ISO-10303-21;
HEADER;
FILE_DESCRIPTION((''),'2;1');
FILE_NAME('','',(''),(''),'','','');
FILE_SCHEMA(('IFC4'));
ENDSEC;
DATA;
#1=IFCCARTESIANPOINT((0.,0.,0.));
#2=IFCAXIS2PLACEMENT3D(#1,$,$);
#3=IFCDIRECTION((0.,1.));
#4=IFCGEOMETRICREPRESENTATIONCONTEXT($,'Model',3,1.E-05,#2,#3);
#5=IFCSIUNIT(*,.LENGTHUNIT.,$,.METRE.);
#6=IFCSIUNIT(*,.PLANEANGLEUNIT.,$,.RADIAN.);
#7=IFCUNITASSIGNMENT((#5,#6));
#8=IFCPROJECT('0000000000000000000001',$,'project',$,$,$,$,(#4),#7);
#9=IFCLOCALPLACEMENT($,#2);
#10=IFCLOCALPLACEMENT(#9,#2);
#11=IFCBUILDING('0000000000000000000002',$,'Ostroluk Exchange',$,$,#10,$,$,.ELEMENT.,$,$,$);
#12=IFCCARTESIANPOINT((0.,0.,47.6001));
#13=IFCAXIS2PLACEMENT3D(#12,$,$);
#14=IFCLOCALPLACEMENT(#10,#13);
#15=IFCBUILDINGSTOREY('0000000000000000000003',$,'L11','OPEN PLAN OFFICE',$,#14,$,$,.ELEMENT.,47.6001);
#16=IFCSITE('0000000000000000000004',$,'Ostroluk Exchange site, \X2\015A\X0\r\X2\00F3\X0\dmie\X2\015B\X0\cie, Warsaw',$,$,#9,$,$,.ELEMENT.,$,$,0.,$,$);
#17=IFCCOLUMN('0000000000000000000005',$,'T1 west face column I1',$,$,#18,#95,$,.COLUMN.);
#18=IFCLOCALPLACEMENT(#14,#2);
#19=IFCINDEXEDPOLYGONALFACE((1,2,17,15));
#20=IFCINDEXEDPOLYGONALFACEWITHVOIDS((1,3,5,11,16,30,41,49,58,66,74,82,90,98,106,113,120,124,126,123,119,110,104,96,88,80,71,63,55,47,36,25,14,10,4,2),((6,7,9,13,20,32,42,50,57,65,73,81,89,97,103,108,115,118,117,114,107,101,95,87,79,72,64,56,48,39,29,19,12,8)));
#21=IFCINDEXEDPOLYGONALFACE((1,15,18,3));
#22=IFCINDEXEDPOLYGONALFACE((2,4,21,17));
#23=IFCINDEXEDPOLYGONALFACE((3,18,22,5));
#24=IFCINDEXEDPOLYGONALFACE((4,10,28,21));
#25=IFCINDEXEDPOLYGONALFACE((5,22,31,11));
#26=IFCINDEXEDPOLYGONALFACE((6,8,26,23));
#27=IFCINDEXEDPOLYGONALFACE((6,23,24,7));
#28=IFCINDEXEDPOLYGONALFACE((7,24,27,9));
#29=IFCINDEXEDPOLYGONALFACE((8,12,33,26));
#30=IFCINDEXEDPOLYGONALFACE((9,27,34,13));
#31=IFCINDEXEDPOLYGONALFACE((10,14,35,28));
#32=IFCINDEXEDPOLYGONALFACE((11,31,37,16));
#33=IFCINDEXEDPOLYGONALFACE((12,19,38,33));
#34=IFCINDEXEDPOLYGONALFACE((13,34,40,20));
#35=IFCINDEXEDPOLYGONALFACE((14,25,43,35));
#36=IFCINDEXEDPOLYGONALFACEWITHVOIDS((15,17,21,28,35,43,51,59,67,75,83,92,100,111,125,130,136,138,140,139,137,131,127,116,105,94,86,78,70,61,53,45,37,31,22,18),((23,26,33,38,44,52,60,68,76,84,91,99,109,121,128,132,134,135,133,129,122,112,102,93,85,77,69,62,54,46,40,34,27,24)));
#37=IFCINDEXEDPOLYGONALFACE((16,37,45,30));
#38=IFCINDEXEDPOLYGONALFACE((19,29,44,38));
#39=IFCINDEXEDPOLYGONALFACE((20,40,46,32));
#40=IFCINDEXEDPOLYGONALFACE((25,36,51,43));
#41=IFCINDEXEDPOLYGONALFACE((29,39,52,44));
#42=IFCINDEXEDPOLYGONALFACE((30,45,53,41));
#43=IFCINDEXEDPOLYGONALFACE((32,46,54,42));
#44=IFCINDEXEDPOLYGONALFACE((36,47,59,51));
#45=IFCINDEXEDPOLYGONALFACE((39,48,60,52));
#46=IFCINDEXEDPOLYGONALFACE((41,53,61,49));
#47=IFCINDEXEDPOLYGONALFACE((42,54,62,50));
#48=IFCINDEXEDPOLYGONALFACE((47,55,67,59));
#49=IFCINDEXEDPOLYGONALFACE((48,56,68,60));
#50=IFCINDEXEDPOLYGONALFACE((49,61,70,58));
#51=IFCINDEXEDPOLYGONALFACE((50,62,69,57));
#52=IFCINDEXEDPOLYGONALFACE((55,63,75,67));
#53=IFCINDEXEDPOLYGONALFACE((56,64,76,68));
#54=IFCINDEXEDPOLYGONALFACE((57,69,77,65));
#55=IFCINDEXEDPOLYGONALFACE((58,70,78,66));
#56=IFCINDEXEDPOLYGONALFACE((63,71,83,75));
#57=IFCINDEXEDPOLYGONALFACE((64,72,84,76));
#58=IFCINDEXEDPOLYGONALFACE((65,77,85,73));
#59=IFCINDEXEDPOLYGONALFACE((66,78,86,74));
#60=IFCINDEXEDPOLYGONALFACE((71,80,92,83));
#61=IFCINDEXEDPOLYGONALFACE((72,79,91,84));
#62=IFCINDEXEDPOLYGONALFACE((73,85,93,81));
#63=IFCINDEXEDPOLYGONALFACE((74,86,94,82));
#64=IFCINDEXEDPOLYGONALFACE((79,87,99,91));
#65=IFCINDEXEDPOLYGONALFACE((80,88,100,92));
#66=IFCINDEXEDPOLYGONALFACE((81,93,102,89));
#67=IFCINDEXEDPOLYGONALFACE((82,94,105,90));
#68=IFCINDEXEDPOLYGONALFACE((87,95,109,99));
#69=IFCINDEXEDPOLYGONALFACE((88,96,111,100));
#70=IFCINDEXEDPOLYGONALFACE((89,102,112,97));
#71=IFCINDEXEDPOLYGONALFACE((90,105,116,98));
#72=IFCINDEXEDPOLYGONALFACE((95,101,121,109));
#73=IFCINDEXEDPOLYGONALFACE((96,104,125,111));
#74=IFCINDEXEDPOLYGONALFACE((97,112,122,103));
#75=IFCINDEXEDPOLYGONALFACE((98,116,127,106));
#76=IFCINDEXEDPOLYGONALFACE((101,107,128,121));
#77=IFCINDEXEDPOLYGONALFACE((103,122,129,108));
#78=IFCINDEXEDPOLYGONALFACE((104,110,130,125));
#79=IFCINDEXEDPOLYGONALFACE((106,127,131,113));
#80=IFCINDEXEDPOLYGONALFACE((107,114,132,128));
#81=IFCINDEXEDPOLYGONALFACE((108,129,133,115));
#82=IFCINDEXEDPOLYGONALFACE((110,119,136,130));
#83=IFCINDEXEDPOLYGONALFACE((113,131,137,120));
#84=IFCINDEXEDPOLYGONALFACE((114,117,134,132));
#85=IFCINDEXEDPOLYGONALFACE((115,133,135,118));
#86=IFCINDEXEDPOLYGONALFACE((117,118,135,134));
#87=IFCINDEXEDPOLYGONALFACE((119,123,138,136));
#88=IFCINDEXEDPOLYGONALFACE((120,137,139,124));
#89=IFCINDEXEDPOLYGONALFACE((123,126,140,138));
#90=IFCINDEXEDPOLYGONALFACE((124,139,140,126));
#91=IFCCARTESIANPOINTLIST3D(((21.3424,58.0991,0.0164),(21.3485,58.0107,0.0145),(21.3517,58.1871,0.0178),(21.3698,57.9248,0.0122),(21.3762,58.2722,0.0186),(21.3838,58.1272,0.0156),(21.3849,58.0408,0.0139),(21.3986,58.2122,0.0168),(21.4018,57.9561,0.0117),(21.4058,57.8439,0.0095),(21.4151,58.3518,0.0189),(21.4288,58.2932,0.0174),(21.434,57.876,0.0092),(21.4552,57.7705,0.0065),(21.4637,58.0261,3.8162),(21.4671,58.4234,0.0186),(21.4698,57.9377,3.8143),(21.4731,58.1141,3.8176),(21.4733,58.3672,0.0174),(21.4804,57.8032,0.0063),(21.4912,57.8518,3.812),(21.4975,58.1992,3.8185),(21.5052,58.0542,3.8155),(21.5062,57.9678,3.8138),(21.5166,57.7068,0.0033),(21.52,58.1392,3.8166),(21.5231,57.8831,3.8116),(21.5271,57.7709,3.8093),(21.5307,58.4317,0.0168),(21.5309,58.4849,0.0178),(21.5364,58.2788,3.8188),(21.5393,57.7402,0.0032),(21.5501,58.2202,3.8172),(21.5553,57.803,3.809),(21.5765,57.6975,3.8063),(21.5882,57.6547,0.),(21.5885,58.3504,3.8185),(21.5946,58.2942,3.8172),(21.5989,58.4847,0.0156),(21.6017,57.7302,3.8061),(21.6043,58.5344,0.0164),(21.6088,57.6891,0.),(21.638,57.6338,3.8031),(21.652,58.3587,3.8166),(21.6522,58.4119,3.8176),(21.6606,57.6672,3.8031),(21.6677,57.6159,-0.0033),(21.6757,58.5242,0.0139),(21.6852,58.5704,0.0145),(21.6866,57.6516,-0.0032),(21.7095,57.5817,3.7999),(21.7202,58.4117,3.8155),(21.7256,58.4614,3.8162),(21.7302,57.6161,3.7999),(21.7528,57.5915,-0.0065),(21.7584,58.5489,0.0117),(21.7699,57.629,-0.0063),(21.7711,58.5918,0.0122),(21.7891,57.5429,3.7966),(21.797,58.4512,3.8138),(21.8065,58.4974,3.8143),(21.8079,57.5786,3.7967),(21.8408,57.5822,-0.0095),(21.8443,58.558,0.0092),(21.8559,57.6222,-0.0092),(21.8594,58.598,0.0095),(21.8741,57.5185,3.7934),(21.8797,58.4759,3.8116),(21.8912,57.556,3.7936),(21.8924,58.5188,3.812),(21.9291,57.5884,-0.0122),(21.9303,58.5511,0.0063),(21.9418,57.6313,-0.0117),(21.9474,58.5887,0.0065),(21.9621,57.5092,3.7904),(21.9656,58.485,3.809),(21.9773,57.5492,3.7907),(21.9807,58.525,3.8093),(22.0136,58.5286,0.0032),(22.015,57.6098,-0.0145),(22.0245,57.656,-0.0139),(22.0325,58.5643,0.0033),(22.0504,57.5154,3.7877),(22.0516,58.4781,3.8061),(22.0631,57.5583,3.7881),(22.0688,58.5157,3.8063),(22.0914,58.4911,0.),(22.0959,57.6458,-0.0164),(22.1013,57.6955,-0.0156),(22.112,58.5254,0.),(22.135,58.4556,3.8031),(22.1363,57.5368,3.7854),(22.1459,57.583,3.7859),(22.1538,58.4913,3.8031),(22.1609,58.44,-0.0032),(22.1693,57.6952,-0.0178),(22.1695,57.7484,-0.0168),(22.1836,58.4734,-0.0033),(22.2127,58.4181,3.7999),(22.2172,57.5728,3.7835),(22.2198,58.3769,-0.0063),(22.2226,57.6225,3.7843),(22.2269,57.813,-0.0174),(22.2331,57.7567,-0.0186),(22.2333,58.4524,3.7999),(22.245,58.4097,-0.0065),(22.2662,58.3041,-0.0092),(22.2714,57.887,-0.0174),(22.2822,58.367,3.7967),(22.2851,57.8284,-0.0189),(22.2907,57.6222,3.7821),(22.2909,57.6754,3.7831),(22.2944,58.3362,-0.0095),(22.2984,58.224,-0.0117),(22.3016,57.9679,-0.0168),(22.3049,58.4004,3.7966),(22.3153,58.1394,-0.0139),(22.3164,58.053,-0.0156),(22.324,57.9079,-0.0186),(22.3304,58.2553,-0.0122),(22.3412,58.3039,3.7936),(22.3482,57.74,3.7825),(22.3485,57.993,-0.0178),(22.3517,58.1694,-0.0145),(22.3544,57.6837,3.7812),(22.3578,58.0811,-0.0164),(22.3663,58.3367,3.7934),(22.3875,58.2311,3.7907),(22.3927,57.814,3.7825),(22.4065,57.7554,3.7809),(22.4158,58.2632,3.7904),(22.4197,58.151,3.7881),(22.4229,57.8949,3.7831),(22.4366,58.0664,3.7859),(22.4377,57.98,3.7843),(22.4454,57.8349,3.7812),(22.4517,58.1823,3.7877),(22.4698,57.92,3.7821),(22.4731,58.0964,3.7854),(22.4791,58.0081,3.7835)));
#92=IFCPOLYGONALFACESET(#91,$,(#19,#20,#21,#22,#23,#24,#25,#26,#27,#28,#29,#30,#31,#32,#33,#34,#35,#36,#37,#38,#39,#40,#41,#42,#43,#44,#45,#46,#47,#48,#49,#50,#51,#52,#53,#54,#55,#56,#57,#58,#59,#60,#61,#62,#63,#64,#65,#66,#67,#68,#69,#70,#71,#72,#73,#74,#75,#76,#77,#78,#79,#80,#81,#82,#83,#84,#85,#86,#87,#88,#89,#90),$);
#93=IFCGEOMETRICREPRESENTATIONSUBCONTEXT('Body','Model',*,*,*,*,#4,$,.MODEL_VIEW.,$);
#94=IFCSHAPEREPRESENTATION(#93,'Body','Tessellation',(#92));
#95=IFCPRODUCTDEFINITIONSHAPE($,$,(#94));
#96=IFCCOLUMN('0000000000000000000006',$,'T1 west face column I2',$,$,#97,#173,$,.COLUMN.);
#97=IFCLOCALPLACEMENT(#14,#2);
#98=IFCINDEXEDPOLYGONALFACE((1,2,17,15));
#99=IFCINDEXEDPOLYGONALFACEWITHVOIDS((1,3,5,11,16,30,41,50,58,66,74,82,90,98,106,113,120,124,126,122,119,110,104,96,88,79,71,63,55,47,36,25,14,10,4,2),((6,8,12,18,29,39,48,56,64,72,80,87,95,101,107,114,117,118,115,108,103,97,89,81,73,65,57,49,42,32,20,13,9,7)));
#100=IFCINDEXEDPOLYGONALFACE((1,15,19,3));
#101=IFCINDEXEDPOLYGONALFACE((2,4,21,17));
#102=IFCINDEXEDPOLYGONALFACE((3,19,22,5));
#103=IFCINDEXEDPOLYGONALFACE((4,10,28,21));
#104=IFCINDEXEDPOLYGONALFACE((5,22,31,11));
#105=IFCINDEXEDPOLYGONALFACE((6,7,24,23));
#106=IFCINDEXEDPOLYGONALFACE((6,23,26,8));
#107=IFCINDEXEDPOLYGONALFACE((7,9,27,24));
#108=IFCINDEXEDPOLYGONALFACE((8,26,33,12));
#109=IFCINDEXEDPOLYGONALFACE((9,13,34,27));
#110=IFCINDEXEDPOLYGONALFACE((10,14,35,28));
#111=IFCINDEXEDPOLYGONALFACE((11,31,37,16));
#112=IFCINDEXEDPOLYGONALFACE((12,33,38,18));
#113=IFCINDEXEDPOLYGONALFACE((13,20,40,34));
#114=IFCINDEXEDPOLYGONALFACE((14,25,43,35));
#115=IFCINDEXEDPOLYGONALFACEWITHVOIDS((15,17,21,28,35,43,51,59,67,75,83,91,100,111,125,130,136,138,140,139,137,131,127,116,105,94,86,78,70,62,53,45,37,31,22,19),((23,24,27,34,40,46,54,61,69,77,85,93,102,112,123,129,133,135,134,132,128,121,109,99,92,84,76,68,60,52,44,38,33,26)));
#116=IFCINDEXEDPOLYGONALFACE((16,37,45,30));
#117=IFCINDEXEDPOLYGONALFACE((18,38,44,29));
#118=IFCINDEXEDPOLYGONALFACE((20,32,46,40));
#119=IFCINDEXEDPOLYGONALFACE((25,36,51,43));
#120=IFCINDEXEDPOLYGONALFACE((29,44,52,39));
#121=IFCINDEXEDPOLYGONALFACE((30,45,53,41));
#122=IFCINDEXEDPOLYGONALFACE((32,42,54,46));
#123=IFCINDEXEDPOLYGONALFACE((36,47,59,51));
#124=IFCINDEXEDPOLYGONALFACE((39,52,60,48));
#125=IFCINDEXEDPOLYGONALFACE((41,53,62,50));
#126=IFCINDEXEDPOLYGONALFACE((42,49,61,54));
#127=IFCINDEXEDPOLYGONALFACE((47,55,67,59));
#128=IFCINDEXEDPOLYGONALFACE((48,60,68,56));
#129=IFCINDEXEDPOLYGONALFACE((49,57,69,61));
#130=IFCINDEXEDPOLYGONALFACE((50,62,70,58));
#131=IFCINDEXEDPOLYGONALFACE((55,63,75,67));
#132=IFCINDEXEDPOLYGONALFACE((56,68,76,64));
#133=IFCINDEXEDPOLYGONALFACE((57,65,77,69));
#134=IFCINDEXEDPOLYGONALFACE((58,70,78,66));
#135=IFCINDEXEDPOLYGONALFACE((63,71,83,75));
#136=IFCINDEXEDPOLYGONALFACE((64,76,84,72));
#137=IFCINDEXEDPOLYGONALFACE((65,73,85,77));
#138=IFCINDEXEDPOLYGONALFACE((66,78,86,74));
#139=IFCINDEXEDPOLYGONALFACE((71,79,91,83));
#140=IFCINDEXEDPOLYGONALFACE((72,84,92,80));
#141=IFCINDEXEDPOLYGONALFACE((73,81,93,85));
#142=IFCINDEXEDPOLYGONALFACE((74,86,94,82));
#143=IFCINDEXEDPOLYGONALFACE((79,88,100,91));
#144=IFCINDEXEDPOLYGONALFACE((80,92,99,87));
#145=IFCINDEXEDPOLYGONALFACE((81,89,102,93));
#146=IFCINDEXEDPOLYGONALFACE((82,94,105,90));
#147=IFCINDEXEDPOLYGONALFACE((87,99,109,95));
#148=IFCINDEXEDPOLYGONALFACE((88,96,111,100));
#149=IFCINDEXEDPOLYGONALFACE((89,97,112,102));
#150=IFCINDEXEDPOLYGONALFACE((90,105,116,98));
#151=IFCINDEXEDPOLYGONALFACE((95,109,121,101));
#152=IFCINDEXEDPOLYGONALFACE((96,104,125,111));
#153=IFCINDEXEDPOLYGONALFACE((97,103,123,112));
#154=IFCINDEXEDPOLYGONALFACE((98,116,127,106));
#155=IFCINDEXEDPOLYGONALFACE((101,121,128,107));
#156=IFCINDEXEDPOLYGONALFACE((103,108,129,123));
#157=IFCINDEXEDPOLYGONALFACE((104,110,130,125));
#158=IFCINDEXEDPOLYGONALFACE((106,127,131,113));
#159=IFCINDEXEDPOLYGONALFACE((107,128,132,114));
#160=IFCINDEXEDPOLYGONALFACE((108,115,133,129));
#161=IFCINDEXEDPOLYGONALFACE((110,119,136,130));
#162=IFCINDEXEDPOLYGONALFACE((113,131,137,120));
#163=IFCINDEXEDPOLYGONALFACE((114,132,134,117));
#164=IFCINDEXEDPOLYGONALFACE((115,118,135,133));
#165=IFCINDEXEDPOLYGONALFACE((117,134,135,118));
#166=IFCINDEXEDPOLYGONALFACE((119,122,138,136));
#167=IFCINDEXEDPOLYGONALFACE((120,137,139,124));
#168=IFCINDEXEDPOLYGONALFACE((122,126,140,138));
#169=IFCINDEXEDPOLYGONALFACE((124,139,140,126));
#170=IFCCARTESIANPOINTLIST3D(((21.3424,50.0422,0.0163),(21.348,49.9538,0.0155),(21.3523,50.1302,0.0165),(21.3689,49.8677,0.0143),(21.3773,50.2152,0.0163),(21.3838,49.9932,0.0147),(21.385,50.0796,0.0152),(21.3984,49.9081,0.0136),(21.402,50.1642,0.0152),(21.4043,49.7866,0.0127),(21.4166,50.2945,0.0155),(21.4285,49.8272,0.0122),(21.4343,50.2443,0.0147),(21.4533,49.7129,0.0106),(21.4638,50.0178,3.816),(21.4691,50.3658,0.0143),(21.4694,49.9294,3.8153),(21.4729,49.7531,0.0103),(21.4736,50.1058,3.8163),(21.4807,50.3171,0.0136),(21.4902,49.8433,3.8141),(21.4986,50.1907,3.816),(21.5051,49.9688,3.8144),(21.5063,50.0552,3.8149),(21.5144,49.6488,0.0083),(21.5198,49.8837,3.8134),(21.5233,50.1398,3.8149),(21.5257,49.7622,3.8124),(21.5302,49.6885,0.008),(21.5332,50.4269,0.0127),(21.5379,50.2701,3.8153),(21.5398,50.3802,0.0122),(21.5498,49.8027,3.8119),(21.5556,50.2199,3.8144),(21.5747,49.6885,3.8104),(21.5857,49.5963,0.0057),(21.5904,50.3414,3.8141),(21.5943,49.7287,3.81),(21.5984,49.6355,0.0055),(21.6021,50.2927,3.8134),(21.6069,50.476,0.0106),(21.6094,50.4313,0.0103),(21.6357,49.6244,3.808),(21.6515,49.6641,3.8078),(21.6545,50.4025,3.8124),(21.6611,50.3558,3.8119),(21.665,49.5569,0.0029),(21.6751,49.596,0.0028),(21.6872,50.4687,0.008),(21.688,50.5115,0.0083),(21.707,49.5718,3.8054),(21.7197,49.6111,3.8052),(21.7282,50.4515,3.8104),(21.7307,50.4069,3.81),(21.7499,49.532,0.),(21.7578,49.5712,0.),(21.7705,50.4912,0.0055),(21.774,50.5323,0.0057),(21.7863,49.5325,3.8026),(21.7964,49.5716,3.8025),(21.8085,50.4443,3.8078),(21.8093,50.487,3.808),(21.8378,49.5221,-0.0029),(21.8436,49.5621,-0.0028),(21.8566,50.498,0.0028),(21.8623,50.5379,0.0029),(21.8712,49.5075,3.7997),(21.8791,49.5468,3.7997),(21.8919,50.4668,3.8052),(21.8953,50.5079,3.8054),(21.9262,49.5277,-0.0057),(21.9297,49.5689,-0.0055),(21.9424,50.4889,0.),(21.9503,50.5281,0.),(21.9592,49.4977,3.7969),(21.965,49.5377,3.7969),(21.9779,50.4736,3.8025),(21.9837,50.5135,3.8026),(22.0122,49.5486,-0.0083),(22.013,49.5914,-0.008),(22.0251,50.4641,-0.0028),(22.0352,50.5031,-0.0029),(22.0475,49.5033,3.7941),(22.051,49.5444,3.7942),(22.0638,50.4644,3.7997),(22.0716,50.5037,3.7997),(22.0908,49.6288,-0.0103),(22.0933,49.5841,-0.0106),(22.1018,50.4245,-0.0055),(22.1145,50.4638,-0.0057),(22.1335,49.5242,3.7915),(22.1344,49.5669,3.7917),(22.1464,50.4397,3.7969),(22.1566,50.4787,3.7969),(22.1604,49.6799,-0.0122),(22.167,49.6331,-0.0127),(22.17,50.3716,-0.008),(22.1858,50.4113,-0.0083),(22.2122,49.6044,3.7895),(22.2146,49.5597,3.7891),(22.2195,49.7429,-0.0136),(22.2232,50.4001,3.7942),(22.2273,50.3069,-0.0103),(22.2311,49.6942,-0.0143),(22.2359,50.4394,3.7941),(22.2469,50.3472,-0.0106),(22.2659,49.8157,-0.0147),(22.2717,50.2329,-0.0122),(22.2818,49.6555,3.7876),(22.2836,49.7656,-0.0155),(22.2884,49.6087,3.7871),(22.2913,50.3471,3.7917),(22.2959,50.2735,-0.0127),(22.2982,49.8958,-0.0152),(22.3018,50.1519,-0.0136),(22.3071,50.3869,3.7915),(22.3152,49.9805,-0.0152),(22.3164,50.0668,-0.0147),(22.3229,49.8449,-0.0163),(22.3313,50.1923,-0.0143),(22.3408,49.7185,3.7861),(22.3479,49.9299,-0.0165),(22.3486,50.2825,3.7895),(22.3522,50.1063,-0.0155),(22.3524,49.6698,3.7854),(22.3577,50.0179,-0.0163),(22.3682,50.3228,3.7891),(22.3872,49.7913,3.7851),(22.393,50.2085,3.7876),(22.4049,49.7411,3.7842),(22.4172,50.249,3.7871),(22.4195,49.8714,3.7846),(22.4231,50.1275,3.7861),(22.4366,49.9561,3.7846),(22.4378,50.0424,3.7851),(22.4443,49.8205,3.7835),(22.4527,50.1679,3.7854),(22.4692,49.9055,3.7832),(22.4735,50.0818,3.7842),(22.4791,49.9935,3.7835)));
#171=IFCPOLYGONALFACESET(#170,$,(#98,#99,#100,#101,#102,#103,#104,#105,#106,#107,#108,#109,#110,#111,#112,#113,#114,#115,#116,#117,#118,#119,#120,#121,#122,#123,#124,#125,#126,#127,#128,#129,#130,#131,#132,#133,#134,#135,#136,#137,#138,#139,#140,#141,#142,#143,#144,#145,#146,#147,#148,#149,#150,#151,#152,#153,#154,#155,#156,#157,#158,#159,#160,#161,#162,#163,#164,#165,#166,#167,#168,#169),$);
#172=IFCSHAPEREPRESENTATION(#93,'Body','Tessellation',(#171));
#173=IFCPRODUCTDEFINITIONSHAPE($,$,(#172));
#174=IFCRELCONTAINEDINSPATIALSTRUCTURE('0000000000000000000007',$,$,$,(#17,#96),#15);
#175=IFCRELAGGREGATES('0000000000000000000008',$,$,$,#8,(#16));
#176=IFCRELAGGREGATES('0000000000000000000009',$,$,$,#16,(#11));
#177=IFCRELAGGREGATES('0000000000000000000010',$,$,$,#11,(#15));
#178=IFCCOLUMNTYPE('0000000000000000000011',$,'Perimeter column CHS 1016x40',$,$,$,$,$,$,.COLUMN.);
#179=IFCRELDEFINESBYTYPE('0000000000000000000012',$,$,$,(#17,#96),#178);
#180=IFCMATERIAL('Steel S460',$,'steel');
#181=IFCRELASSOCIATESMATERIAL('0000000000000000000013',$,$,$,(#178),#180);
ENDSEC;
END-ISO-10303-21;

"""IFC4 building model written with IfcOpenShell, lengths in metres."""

from ifc_helpers import new_model, si_unit, direction, frame, origin, origin_2d, place, context, subcontext, project, spatial, hollow_circle, extrude, material, material_profile, profile_set, type_object, element, save


model = new_model("IFC4")

# Units and contexts
model_context = context("Model", 3, precision=1e-05, world=origin(), true_north=direction((0.0, 1.0)))
body_context = subcontext(model_context, "Body", "Model", "MODEL_VIEW")
ifc_project = project(units=[si_unit("LENGTHUNIT", "METRE"), si_unit("PLANEANGLEUNIT", "RADIAN")], contexts=[model_context])

# Site, building, storey
site_placement = place(None, origin())
site = spatial("IfcSite", under=ifc_project, at=site_placement, Name="Ostroluk Exchange site, Śródmieście, Warsaw", CompositionType="ELEMENT", RefElevation=0.0)
building_placement = place(site_placement, origin())
building = spatial("IfcBuilding", under=site, at=building_placement, Name="Ostroluk Exchange", CompositionType="ELEMENT")
storey_placement = place(building_placement, frame((0.0, 0.0, 47.6001)))
storey = spatial("IfcBuildingStorey", under=building, at=storey_placement, Name="L11", Description="OPEN PLAN OFFICE", CompositionType="ELEMENT", Elevation=47.6001)

# Columns
ifc_material_1 = material(Name="Steel S460", Category="steel")
ifc_material_profile_1 = material_profile(ifc_material_1, hollow_circle(Radius=0.5081, WallThickness=0.04, at=origin_2d()), Name="CHS 1016x40")
ifc_profile_set_1 = profile_set([ifc_material_profile_1], Name="Steel S460")
column_type = type_object("IfcColumnType", Name="Perimeter column CHS 1016x40", PredefinedType="COLUMN", material=ifc_profile_set_1)
column_1_placement = place(storey_placement, frame((21.8501, 58.0901, 0.0), z_axis=(0.031911, -0.019198, 0.999306), x_axis=(0.51551, 0.856884, 0.0)))
element("IfcColumn", 1, at=column_1_placement, inside=storey, type_object=column_type, Name="T1 west face column I1", PredefinedType="COLUMN", context=body_context, shape_type="SweptSolid", body=[
    extrude(hollow_circle(Radius=0.5081, WallThickness=0.04, at=origin_2d()), origin(), (0.0, 0.0, 1.0), 3.8025),
])
column_2_placement = place(storey_placement, frame((21.8501, 50.03, 0.0), z_axis=(0.031916, -0.006422, 0.99947), x_axis=(0.197254, 0.980352, 0.0)))
element("IfcColumn", 2, at=column_2_placement, inside=storey, type_object=column_type, Name="T1 west face column I2", PredefinedType="COLUMN", context=body_context, shape_type="SweptSolid", body=[
    extrude(hollow_circle(Radius=0.5081, WallThickness=0.04, at=origin_2d()), origin(), (0.0, 0.0, 1.0), 3.8018),
])

save(model, "model.ifc")
